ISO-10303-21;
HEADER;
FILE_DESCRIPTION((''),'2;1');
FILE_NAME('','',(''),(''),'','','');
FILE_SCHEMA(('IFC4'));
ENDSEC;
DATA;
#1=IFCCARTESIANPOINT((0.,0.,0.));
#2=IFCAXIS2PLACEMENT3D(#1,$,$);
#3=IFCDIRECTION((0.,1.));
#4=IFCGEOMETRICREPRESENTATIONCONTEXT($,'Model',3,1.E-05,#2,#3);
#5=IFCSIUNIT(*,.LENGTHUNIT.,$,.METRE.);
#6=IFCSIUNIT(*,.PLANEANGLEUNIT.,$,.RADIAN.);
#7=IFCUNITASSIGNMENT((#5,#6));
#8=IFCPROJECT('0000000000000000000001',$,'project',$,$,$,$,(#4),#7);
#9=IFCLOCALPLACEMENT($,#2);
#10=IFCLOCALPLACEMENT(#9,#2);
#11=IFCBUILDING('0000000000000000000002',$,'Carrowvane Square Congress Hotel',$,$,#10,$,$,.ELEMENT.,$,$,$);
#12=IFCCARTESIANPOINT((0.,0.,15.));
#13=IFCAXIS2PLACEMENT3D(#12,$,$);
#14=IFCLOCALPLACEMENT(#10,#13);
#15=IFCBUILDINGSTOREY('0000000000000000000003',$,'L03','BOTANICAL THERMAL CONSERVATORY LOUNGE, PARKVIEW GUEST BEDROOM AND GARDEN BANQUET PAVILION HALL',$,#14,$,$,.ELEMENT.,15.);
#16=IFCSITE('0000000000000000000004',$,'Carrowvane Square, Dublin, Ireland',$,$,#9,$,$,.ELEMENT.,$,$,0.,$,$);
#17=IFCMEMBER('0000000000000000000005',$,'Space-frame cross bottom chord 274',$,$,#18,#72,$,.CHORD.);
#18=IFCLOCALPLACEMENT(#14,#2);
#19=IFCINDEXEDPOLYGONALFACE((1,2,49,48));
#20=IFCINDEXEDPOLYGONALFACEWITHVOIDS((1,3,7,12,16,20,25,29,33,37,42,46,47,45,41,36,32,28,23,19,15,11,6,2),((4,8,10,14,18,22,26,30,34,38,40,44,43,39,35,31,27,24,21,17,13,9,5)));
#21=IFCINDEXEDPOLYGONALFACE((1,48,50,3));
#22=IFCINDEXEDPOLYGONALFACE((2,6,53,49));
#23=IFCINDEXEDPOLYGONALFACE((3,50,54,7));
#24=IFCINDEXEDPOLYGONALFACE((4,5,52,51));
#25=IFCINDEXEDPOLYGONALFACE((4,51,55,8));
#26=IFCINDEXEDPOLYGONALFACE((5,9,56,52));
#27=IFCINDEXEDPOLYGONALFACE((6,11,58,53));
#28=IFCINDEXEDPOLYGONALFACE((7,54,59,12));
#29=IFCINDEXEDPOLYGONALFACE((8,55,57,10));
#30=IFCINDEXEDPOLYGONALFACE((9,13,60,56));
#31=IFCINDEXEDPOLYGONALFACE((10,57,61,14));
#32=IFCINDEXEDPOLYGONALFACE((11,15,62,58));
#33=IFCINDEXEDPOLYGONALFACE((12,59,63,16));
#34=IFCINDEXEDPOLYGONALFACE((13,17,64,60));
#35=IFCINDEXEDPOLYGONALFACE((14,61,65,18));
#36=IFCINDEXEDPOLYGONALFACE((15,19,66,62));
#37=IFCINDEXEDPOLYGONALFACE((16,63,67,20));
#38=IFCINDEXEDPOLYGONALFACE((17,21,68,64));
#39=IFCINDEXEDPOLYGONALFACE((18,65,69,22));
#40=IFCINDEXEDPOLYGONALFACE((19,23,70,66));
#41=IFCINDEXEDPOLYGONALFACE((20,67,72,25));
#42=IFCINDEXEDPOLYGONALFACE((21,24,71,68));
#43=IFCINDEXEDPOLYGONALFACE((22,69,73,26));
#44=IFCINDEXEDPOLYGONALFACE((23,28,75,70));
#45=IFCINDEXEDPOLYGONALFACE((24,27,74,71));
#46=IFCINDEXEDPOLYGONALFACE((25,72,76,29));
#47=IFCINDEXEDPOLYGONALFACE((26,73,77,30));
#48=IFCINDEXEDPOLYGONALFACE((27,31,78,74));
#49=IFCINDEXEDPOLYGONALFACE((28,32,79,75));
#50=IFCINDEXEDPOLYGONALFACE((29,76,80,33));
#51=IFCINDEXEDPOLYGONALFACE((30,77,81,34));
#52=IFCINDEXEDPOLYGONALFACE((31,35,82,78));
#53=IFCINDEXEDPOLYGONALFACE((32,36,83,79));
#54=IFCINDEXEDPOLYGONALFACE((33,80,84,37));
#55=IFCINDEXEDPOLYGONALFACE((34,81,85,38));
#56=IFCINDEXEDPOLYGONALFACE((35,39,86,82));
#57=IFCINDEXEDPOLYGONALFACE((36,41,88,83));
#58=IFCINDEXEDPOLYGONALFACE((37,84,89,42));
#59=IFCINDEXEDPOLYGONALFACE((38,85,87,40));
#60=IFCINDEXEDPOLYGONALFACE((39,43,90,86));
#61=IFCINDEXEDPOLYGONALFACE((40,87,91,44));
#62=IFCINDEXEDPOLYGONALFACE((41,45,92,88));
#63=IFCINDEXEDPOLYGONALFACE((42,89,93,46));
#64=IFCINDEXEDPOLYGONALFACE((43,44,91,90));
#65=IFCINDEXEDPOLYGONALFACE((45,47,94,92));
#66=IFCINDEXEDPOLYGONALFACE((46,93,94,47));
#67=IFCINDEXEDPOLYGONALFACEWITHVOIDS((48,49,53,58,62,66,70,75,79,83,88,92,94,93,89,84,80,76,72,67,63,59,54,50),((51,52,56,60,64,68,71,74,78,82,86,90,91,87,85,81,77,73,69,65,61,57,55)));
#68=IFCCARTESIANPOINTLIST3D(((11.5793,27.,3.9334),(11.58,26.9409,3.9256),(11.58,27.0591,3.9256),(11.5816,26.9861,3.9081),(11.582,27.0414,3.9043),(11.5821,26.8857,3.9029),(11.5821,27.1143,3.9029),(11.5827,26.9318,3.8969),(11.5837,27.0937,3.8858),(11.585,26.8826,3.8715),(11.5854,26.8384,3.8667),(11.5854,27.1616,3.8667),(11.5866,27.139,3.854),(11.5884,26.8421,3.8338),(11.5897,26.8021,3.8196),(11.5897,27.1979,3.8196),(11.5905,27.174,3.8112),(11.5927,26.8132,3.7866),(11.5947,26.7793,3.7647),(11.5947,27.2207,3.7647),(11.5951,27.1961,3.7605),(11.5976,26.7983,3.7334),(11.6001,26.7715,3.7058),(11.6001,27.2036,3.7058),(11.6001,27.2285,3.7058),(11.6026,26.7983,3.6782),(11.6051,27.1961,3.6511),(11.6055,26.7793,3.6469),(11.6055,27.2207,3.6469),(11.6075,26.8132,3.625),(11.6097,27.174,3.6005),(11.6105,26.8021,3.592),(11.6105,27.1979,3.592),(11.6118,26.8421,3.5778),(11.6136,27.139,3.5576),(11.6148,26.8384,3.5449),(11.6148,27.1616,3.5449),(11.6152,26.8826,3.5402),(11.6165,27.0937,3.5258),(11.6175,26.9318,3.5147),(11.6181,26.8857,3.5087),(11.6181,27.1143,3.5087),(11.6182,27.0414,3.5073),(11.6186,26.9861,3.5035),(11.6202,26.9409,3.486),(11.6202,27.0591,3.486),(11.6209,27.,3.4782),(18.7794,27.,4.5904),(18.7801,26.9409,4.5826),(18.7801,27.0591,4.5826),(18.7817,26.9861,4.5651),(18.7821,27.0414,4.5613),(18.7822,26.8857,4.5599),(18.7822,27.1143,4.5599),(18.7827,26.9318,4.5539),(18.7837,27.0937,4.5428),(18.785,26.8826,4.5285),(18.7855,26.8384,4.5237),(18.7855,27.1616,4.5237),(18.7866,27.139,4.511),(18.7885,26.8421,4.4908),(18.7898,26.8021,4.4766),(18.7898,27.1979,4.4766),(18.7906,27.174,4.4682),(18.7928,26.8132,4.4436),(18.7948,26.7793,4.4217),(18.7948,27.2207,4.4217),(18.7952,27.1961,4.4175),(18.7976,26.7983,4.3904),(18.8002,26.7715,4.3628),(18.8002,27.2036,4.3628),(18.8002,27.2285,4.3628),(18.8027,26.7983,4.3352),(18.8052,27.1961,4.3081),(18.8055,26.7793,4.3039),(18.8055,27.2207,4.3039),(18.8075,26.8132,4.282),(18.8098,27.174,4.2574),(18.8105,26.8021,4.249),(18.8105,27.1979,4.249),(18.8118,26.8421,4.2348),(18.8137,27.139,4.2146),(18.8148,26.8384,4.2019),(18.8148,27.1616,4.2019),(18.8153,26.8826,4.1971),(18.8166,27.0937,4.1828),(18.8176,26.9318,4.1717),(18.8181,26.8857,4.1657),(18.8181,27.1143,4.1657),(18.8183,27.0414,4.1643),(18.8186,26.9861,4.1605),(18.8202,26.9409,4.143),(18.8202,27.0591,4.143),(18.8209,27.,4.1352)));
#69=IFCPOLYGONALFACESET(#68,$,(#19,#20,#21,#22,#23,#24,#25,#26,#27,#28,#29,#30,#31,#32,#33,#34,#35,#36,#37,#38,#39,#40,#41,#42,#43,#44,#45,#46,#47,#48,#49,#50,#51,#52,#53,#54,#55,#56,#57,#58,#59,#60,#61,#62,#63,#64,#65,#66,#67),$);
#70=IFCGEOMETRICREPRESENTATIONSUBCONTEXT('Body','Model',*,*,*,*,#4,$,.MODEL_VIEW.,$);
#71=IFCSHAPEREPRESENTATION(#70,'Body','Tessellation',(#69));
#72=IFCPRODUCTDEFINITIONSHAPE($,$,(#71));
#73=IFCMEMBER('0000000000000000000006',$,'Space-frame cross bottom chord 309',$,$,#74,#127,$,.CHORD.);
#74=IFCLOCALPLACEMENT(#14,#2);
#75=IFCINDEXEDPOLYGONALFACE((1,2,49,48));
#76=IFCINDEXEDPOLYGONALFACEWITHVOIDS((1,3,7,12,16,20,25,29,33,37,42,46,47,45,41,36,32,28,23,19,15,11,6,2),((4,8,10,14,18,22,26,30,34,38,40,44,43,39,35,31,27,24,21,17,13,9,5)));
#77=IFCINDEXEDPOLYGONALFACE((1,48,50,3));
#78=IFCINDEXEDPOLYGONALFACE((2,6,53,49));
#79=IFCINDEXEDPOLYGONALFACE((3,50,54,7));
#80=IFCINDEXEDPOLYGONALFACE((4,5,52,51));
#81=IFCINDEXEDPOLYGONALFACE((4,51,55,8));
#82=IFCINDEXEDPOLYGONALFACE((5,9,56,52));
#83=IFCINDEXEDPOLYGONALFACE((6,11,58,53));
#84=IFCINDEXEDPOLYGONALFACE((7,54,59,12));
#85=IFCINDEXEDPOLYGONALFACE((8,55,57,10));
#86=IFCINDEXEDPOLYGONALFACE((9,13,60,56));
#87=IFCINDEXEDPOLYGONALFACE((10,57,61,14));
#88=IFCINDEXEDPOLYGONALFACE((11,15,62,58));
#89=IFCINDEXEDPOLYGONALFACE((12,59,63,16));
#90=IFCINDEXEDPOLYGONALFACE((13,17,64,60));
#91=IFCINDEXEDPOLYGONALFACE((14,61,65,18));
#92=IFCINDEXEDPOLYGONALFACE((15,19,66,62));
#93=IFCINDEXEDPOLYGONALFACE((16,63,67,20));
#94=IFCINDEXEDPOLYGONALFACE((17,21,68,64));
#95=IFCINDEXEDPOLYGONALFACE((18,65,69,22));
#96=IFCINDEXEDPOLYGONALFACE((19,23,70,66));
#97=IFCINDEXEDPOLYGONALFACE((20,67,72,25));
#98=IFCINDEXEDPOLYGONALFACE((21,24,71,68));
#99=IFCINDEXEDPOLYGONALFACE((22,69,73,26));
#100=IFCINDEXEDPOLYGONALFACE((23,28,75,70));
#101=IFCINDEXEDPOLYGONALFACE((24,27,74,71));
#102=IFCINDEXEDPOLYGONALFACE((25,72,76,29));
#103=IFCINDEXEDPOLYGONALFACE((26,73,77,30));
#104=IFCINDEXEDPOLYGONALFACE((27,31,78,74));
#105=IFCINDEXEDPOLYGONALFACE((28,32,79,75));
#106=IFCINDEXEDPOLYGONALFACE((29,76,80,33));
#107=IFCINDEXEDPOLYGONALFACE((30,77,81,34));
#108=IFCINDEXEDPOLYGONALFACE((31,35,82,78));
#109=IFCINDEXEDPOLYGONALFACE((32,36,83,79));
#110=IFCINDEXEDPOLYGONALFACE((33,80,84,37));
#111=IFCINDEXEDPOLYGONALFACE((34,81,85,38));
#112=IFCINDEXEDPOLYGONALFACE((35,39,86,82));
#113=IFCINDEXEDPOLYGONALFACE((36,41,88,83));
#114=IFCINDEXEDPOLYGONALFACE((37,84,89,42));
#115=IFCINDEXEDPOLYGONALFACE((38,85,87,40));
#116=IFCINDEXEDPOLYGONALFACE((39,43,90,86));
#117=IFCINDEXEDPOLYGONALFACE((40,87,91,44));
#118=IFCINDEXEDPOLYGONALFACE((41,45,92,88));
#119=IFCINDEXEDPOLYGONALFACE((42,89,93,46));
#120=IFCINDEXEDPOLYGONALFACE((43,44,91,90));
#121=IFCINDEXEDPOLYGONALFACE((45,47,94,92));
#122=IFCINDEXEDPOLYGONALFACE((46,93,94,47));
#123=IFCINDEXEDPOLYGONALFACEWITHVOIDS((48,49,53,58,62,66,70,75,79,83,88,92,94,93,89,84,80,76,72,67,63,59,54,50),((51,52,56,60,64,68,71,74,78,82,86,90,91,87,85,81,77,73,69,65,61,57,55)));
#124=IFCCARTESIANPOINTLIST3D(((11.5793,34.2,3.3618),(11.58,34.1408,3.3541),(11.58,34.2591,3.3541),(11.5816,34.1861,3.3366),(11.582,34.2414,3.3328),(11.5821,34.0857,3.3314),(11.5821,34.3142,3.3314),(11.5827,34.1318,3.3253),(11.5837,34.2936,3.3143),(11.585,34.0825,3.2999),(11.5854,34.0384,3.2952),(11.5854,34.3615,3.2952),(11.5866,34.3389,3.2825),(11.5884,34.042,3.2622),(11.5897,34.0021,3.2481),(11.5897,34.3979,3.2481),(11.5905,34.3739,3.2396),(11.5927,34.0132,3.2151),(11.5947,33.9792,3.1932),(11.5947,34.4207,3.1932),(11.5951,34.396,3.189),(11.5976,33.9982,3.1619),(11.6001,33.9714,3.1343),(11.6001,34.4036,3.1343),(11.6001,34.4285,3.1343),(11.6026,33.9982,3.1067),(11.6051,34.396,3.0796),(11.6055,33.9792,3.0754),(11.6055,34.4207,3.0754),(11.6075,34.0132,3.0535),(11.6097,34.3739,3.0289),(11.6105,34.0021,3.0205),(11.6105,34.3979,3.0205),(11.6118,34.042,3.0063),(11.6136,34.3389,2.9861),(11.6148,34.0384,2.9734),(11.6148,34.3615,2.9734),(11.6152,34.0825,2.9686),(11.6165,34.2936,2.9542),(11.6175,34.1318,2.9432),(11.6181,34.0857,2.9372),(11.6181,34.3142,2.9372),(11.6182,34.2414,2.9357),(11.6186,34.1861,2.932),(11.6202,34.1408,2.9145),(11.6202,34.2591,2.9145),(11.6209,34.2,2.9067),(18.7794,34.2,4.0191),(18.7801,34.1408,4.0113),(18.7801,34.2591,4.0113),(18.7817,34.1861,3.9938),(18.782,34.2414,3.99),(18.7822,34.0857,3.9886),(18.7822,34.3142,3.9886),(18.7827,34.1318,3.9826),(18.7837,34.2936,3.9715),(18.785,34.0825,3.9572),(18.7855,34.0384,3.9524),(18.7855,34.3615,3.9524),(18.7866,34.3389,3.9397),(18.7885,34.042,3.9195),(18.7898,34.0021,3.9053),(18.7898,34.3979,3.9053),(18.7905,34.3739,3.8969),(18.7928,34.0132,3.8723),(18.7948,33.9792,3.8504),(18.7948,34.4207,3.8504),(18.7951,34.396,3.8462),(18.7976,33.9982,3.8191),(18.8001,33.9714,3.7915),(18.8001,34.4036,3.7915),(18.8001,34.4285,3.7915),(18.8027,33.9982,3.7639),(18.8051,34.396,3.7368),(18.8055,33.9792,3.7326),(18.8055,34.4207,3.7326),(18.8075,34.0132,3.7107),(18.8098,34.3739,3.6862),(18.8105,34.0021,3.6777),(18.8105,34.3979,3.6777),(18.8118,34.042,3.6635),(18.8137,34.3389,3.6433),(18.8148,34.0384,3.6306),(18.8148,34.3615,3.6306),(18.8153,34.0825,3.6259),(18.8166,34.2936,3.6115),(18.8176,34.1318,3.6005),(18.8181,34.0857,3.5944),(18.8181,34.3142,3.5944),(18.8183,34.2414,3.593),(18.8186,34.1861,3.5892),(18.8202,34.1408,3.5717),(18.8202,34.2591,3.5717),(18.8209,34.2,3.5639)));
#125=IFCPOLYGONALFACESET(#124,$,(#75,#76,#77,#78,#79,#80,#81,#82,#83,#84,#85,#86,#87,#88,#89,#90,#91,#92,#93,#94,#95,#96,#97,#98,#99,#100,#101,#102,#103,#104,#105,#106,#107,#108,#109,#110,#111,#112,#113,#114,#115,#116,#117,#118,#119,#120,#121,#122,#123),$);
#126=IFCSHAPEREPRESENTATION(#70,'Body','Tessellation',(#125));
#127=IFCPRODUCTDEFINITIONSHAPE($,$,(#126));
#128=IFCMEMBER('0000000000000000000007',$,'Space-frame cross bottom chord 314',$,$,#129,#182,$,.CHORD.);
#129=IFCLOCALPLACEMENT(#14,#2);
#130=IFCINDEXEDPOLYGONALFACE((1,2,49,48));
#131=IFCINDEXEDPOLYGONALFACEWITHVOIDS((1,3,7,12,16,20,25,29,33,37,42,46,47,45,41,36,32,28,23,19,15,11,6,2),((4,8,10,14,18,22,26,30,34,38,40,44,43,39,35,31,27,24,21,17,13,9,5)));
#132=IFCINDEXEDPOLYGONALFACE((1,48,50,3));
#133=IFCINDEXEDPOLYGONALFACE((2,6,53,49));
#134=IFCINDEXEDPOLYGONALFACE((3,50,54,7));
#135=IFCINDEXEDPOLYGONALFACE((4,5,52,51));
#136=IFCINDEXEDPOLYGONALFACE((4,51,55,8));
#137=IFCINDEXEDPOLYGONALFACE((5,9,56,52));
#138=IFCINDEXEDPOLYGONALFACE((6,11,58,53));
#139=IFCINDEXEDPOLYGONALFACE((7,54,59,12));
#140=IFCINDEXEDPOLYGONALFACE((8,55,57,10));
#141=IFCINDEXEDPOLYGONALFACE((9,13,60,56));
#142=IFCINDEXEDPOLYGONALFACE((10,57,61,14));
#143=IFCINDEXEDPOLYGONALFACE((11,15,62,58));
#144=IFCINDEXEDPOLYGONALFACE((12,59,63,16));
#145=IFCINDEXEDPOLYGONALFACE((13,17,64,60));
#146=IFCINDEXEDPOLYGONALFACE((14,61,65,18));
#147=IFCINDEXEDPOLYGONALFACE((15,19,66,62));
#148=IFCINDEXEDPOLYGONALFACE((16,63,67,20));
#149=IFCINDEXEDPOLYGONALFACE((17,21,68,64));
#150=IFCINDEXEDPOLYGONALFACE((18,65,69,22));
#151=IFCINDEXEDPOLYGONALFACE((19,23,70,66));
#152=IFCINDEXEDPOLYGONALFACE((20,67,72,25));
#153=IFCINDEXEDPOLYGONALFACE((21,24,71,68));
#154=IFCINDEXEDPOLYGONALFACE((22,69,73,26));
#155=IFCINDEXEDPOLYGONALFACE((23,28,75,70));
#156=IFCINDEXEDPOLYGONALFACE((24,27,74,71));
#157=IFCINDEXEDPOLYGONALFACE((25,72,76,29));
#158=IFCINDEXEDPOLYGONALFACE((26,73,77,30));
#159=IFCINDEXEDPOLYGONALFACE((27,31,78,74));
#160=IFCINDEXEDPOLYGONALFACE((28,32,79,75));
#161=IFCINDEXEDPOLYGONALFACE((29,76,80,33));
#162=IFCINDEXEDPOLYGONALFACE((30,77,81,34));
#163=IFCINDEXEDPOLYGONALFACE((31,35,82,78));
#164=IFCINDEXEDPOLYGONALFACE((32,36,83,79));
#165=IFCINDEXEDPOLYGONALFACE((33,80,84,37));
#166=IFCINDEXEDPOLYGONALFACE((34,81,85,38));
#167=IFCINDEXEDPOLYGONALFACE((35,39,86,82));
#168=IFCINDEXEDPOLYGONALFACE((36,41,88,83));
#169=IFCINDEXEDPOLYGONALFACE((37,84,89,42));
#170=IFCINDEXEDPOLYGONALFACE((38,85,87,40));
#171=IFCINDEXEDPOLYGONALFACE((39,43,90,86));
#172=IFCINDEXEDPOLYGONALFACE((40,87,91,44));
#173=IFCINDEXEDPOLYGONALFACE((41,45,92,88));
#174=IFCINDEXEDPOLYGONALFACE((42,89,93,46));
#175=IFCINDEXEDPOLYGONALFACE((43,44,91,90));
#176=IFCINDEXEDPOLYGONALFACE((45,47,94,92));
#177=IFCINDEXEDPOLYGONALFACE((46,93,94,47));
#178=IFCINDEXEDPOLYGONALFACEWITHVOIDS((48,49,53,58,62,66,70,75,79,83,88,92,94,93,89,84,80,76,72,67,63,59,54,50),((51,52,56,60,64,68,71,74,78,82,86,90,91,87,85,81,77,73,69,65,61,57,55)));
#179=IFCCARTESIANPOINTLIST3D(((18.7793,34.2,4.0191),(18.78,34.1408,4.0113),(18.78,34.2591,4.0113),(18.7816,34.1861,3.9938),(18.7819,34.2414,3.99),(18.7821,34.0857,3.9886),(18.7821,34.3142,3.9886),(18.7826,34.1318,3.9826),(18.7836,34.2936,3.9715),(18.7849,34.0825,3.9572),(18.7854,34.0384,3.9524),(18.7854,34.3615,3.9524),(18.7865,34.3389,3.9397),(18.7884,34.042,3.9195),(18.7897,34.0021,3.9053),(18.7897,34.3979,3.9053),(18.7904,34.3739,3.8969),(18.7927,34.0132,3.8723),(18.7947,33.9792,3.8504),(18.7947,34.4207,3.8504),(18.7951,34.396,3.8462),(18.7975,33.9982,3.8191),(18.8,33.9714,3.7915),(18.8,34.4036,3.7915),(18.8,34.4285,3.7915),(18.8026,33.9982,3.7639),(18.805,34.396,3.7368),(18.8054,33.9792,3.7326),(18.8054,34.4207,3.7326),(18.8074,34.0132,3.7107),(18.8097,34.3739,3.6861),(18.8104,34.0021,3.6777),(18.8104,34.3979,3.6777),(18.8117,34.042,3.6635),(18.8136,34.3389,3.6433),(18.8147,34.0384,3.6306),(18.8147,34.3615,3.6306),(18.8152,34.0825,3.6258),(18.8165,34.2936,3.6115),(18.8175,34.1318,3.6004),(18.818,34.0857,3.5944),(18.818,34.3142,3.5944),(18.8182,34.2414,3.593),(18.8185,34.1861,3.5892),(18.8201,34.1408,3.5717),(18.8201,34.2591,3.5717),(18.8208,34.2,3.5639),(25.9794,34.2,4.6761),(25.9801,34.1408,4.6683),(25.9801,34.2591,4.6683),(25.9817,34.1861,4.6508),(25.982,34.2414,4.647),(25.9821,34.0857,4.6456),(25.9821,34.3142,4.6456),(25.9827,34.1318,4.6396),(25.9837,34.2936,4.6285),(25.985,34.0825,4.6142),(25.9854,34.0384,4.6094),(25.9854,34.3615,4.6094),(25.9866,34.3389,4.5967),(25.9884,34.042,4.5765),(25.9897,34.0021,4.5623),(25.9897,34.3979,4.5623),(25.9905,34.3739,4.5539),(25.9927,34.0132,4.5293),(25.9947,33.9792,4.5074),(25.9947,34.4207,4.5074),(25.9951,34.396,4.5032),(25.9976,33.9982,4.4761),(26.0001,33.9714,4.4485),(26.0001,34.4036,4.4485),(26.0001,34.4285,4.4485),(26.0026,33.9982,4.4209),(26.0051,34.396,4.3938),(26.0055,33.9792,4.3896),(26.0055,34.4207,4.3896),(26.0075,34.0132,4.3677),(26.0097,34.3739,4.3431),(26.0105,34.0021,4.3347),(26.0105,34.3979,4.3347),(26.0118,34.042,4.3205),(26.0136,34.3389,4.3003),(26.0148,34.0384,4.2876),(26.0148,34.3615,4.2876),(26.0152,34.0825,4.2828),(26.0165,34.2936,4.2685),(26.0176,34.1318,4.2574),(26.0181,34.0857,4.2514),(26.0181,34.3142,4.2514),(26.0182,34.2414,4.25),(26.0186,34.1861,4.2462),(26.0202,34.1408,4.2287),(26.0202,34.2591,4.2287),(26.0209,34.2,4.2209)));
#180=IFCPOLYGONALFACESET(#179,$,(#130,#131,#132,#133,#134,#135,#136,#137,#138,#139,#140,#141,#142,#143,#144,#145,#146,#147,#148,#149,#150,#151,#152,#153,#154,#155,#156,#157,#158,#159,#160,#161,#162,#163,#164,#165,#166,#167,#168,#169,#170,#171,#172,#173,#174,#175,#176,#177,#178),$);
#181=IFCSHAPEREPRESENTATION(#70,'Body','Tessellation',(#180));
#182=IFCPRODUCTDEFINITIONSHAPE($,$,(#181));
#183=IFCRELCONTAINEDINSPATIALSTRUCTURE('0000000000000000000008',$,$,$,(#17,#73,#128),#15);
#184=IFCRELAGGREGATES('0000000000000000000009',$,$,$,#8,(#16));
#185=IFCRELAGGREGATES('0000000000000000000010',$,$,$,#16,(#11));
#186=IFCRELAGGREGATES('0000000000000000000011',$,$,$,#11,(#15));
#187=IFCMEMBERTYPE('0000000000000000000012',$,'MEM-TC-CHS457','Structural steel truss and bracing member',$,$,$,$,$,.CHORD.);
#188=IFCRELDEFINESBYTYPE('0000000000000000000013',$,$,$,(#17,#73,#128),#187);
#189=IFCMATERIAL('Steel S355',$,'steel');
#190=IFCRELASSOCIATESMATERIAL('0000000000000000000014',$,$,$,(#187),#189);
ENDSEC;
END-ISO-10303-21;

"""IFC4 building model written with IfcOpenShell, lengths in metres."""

from ifc_helpers import new_model, si_unit, direction, frame, origin, origin_2d, place, context, subcontext, project, spatial, hollow_circle, extrude, material, material_profile, profile_set, type_object, element, save


model = new_model("IFC4")

# Units and contexts
model_context = context("Model", 3, precision=1e-05, world=origin(), true_north=direction((0.0, 1.0)))
body_context = subcontext(model_context, "Body", "Model", "MODEL_VIEW")
ifc_project = project(units=[si_unit("LENGTHUNIT", "METRE"), si_unit("PLANEANGLEUNIT", "RADIAN")], contexts=[model_context])

# Site, building, storey
site_placement = place(None, origin())
site = spatial("IfcSite", under=ifc_project, at=site_placement, Name="Carrowvane Square, Dublin, Ireland", CompositionType="ELEMENT", RefElevation=0.0)
building_placement = place(site_placement, origin())
building = spatial("IfcBuilding", under=site, at=building_placement, Name="Carrowvane Square Congress Hotel", CompositionType="ELEMENT")
storey_placement = place(building_placement, frame((0.0, 0.0, 15.0)))
storey = spatial("IfcBuildingStorey", under=building, at=storey_placement, Name="L03", Description="BOTANICAL THERMAL CONSERVATORY LOUNGE, PARKVIEW GUEST BEDROOM AND GARDEN BANQUET PAVILION HALL", CompositionType="ELEMENT", Elevation=15.0)

# Members
ifc_material_1 = material(Name="Steel S355", Category="steel")
ifc_material_profile_1 = material_profile(ifc_material_1, hollow_circle(Radius=0.2285, WallThickness=0.0249, at=origin_2d()), Name="CHS 457.0x25")
ifc_profile_set_1 = profile_set([ifc_material_profile_1], Name="Steel S355")
member_type_1 = type_object("IfcMemberType", Name="MEM-TC-CHS457", Description="Structural steel truss and bracing member", PredefinedType="CHORD", material=ifc_profile_set_1)
for number, where, z_axis, x_axis, name in (
    (1, (11.6001, 27.0, 3.7058), (0.995863, 0.0, 0.090871), (0.0, 1.0, 0.0), "Space-frame cross bottom chord 274"),
    (2, (11.6001, 34.2, 3.1343), (0.99586, 0.0, 0.090904), (0.0, 1.0, 0.0), "Space-frame cross bottom chord 309"),
    (3, (18.8, 34.2, 3.7915), (0.995863, 0.0, 0.090871), (0.0, 1.0, 0.0), "Space-frame cross bottom chord 314"),
):
    element("IfcMember", number, at=place(storey_placement, frame(where, z_axis=z_axis, x_axis=x_axis)), inside=storey, type_object=member_type_1, Name=name, PredefinedType="CHORD", context=body_context, shape_type="SweptSolid", body=[
        extrude(hollow_circle(Radius=0.2285, WallThickness=0.0249, at=origin_2d()), origin(), (0.0, 0.0, 1.0), 7.23),
    ])

save(model, "model.ifc")
